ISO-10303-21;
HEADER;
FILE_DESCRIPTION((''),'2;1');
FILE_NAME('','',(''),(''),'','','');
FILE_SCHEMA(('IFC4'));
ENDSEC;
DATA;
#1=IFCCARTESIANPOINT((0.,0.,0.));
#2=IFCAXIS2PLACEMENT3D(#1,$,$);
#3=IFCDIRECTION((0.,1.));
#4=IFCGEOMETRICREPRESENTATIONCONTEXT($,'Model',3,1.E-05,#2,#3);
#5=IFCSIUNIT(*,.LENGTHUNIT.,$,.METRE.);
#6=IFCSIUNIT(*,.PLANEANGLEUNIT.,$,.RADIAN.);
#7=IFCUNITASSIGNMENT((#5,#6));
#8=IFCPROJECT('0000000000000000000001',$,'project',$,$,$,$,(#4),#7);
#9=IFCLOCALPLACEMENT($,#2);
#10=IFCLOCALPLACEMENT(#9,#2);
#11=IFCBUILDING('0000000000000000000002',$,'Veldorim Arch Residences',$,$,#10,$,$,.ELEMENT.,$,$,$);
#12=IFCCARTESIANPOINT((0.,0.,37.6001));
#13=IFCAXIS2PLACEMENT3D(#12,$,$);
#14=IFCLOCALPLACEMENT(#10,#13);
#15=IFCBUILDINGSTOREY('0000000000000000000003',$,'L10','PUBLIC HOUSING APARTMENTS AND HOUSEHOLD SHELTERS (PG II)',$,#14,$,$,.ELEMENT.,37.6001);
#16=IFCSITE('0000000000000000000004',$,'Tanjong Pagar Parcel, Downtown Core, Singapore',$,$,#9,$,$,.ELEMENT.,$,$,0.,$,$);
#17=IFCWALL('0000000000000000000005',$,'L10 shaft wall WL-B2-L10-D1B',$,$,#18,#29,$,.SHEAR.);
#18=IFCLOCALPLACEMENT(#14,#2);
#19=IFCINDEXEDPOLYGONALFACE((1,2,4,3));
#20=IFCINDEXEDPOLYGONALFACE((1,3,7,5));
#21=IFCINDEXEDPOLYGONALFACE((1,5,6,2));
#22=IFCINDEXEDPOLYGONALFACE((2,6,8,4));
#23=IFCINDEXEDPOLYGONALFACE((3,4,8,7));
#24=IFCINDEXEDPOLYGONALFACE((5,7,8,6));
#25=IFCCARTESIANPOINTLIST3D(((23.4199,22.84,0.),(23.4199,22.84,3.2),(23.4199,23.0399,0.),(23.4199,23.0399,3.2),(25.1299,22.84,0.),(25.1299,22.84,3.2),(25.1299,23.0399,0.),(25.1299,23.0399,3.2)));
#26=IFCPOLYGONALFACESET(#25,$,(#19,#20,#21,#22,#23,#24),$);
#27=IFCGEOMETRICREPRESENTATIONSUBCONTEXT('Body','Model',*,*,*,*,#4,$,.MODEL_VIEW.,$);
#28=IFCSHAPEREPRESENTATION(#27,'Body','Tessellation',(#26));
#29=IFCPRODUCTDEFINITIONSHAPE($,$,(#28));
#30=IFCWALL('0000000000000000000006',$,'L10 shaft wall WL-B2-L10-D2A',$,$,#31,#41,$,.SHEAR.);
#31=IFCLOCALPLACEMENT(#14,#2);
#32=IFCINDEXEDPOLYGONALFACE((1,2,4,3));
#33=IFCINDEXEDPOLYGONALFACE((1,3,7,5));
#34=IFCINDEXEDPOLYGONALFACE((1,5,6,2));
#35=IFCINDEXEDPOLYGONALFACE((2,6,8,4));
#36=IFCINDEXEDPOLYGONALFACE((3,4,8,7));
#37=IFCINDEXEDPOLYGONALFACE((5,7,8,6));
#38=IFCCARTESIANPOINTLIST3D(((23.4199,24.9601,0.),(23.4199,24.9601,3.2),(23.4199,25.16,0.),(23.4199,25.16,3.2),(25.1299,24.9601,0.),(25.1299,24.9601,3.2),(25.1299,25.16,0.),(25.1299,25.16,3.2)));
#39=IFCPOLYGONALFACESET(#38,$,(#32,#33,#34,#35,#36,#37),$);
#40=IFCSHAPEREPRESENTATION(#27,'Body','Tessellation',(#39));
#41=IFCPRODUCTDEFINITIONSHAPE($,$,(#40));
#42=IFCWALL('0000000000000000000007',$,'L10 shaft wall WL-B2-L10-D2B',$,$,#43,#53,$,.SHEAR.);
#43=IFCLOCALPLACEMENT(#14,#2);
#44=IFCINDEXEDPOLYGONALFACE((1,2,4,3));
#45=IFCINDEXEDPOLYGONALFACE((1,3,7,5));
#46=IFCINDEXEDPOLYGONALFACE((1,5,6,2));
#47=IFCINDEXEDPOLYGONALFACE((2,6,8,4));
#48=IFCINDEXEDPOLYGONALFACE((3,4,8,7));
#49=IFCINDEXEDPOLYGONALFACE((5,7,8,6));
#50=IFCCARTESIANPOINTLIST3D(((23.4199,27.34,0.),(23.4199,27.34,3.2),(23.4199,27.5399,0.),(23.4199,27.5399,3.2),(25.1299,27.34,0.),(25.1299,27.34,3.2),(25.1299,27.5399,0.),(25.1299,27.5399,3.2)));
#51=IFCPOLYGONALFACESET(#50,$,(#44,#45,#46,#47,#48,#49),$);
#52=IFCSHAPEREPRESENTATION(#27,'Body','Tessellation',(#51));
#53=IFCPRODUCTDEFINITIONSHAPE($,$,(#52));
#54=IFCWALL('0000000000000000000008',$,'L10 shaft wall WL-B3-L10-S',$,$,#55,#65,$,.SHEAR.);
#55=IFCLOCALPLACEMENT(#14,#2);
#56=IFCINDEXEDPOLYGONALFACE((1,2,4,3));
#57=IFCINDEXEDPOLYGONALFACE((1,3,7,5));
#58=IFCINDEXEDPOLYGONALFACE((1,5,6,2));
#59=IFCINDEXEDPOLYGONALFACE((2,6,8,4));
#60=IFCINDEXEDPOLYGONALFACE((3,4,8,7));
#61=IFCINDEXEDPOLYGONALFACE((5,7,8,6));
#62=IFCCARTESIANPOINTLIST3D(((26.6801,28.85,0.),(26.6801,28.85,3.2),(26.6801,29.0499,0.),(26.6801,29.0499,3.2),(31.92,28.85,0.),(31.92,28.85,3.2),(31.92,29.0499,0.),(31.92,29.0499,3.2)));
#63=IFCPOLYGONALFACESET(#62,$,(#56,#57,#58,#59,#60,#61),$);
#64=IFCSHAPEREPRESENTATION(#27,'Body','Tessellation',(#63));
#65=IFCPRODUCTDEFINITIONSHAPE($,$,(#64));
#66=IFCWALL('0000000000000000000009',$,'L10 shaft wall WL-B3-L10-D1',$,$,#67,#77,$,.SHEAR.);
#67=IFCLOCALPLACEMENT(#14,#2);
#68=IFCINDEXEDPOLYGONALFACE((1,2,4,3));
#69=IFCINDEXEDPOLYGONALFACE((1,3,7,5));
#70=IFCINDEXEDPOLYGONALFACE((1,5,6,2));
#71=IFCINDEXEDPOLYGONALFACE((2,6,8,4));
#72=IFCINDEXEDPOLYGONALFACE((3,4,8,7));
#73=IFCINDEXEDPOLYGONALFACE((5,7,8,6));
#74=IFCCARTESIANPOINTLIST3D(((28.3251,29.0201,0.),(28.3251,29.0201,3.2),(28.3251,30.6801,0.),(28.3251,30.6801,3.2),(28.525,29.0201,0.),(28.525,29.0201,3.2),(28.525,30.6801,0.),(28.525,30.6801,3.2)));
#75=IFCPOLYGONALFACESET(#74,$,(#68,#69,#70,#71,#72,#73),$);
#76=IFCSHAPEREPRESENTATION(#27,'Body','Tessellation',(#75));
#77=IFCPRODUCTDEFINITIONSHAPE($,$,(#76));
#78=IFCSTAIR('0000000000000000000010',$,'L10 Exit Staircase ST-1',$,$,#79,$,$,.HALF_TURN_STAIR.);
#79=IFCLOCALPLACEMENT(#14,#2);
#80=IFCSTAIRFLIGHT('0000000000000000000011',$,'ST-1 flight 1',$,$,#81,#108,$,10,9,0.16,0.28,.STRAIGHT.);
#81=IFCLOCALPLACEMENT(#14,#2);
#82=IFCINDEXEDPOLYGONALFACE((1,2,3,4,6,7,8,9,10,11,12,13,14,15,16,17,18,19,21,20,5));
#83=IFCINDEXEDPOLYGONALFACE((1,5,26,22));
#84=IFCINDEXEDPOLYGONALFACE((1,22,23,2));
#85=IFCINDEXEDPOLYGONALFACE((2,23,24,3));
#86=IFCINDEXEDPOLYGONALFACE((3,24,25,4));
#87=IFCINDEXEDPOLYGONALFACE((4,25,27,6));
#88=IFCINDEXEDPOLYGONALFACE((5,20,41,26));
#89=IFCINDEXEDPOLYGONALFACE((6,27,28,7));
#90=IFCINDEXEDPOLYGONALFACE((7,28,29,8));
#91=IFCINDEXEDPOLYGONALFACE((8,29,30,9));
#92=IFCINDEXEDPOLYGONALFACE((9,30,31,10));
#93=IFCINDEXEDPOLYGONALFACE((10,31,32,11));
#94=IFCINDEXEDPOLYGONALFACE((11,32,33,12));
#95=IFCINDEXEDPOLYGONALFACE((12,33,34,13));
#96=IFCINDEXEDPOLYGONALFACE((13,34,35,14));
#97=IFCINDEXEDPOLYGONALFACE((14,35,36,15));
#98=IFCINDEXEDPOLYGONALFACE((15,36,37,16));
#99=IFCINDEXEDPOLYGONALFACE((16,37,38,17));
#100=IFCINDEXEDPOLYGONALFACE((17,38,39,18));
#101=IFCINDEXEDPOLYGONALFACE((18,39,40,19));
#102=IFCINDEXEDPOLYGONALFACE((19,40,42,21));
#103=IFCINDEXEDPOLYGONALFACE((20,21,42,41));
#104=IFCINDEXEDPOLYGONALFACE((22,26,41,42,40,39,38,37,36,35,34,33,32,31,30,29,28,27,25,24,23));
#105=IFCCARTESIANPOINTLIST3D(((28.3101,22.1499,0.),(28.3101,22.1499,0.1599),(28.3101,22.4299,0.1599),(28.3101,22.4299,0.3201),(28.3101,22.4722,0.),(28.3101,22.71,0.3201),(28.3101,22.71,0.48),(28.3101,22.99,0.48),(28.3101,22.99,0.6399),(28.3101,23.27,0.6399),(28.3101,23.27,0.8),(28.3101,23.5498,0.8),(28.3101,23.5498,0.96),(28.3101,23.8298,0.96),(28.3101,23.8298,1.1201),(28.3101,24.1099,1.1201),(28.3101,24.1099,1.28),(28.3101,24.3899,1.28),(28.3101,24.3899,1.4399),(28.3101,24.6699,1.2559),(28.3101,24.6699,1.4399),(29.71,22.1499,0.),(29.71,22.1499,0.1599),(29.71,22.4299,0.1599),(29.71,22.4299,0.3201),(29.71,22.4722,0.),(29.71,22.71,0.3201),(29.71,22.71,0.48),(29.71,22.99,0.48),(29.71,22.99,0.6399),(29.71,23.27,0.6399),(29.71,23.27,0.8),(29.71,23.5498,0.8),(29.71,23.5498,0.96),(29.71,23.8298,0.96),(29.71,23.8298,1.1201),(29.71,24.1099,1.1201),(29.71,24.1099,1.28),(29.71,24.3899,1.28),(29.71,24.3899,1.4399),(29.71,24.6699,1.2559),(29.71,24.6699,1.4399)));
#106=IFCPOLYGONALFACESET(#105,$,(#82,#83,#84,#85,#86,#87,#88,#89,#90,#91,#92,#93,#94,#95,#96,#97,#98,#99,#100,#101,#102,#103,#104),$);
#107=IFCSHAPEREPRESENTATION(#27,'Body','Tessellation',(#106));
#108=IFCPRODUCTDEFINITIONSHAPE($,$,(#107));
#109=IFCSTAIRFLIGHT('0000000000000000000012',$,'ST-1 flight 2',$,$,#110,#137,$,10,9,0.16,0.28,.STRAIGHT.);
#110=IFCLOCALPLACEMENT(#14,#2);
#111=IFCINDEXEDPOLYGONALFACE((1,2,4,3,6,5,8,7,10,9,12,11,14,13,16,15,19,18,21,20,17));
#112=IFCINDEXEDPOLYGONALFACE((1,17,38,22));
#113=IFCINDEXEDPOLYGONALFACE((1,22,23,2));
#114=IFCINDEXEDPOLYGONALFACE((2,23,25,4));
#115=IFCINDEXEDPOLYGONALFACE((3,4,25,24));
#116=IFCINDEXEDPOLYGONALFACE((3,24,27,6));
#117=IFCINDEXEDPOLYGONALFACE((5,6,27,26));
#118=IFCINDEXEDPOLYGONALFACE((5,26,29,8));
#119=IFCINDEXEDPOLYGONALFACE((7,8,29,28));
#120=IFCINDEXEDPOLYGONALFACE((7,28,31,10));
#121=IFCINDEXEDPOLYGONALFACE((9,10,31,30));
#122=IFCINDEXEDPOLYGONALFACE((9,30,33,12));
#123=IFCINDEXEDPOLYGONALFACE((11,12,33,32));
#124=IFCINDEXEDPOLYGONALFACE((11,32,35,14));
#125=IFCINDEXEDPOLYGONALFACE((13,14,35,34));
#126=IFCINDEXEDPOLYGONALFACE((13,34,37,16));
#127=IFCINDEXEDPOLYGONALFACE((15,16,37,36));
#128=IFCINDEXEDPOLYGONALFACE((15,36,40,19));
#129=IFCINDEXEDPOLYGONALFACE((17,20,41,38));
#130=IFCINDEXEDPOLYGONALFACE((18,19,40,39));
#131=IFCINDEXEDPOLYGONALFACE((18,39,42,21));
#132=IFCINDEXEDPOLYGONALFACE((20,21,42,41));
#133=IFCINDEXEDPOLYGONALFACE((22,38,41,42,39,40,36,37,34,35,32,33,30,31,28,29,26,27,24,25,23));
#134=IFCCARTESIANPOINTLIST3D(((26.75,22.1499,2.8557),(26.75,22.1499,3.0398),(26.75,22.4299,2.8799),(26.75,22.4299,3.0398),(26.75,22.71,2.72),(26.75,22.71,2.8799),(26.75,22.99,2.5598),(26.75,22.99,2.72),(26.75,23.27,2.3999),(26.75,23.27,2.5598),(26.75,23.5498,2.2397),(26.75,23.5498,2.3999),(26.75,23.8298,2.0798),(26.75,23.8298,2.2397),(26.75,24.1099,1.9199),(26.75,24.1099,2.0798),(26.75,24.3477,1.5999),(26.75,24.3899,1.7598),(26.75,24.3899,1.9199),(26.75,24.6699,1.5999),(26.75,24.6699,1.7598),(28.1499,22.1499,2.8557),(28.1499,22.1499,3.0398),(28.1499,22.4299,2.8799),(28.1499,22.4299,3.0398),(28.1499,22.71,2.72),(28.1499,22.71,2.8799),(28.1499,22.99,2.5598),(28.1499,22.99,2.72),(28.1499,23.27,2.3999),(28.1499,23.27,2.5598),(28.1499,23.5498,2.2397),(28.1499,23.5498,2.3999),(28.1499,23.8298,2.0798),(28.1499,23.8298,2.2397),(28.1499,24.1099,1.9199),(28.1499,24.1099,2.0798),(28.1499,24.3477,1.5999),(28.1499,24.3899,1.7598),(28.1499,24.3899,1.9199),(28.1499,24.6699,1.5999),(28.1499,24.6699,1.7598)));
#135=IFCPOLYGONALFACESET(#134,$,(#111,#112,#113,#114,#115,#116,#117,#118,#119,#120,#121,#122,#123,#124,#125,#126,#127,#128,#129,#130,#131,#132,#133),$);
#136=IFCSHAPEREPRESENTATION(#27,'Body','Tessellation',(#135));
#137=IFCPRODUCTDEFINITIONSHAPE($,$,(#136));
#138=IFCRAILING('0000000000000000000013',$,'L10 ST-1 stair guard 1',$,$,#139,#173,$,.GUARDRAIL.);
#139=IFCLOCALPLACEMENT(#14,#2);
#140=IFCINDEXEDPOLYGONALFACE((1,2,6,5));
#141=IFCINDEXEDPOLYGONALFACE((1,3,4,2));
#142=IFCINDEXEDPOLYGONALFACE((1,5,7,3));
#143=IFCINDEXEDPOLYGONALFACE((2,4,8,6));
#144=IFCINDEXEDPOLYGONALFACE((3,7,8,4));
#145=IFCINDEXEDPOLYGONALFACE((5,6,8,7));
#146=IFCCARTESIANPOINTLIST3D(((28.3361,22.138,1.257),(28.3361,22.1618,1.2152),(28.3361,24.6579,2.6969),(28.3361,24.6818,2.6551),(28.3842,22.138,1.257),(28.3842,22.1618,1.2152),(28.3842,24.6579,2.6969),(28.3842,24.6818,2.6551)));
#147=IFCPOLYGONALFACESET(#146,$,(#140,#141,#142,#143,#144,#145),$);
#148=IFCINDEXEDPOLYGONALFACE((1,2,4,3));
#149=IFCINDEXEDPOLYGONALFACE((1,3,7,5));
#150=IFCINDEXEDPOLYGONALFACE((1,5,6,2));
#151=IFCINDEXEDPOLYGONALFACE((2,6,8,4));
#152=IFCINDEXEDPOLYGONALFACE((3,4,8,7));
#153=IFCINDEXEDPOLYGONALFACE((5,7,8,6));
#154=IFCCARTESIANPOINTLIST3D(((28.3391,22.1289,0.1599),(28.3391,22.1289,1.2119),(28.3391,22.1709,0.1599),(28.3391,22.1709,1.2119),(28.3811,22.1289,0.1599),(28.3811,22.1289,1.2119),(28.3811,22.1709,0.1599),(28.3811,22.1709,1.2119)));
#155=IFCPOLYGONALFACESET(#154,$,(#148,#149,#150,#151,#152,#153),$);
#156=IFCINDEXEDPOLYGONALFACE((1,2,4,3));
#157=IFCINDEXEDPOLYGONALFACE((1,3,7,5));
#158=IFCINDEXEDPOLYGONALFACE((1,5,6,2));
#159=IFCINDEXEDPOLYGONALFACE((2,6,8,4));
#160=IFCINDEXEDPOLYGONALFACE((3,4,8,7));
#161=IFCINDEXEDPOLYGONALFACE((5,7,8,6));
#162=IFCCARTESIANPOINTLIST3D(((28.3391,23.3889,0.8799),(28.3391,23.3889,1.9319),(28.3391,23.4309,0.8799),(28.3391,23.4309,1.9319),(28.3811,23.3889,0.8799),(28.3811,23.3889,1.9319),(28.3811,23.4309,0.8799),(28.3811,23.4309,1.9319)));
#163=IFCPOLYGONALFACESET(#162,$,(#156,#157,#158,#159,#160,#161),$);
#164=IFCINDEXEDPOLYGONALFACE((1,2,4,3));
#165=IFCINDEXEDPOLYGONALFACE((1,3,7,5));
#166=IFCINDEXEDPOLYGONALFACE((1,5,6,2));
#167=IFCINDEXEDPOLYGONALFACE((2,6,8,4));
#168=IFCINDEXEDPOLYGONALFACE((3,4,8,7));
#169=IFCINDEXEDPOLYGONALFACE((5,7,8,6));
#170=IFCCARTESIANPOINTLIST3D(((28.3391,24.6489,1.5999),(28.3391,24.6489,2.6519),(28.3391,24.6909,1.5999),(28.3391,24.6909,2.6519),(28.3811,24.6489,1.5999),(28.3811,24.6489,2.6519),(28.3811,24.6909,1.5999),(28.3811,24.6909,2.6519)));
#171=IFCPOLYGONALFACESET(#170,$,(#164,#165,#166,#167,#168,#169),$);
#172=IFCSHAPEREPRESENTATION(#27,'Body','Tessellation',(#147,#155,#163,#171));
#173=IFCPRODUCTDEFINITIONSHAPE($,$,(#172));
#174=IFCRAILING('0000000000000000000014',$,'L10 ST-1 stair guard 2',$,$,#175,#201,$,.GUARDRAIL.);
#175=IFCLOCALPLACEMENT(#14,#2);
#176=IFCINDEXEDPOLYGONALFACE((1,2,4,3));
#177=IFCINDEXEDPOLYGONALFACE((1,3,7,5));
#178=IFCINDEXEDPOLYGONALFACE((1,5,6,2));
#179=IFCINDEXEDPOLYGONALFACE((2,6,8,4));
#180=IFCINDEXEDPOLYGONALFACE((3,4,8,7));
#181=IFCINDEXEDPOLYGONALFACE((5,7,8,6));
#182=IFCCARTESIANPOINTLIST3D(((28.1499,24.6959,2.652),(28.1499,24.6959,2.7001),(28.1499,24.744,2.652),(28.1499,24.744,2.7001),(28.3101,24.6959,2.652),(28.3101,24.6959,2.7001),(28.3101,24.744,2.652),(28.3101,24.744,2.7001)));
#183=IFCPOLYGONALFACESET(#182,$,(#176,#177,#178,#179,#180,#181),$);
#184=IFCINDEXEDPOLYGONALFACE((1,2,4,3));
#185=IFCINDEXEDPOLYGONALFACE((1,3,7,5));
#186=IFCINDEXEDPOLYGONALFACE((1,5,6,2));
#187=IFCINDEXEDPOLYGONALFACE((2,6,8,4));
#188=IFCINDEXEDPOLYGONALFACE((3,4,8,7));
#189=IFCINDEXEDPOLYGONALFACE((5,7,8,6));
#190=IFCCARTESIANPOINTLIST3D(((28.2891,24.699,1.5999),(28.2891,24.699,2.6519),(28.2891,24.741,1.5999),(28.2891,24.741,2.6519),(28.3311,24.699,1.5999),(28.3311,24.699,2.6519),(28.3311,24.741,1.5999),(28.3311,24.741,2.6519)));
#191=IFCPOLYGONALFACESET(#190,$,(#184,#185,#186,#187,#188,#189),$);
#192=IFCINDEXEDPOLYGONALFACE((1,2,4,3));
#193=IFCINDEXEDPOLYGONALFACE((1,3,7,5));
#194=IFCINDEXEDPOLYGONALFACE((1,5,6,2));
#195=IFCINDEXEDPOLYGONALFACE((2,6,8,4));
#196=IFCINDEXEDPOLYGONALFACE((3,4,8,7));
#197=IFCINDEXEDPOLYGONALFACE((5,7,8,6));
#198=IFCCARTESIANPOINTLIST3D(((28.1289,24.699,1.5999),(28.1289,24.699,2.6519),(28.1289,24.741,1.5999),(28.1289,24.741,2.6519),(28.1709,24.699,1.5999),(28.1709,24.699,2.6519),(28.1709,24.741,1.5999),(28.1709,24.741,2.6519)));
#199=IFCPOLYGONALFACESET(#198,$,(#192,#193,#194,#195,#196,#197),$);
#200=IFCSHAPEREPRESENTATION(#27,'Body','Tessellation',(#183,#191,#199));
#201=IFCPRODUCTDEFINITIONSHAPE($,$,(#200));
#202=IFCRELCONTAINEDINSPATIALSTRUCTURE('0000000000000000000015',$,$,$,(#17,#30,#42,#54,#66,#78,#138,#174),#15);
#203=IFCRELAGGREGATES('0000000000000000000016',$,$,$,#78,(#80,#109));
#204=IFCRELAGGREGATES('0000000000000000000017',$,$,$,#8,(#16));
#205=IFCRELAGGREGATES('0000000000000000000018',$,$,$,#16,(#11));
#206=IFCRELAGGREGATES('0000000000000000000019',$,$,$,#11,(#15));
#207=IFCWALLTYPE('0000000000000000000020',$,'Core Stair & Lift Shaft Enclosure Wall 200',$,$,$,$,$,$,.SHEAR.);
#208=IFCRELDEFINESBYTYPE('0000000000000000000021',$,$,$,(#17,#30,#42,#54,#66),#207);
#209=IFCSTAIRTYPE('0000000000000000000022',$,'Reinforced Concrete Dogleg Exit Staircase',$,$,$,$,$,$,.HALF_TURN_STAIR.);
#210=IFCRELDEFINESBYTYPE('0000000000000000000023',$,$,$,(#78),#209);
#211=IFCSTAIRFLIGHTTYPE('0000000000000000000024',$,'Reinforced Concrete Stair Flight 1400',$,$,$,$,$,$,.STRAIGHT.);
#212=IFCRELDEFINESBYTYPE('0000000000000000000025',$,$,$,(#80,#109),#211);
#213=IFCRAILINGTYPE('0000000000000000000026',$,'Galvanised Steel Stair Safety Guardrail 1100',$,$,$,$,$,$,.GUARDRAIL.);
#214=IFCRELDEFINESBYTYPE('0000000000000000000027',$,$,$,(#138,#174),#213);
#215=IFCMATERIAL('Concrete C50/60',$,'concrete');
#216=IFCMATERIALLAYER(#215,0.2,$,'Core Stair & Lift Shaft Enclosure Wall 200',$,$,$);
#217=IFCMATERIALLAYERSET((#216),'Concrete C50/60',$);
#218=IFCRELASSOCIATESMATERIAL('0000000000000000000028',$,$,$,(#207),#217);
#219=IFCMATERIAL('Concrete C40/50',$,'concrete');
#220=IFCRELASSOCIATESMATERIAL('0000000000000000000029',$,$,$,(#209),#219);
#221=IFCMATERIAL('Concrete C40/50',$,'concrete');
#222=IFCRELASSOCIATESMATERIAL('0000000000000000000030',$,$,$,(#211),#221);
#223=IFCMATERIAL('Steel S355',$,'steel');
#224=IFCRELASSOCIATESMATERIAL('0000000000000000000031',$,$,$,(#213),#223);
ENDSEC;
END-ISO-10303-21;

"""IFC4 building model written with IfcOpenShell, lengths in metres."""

from ifc_helpers import new_model, si_unit, direction, frame, frame_2d, origin, origin_2d, place, context, subcontext, project, spatial, polyline, rectangle, outline, extrude, material, layer, layer_set, type_object, element, aggregate, save


model = new_model("IFC4")

# Units and contexts
model_context = context("Model", 3, precision=1e-05, world=origin(), true_north=direction((0.0, 1.0)))
body_context = subcontext(model_context, "Body", "Model", "MODEL_VIEW")
ifc_project = project(units=[si_unit("LENGTHUNIT", "METRE"), si_unit("PLANEANGLEUNIT", "RADIAN")], contexts=[model_context])

# Site, building, storey
site_placement = place(None, origin())
site = spatial("IfcSite", under=ifc_project, at=site_placement, Name="Tanjong Pagar Parcel, Downtown Core, Singapore", CompositionType="ELEMENT", RefElevation=0.0)
building_placement = place(site_placement, origin())
building = spatial("IfcBuilding", under=site, at=building_placement, Name="Veldorim Arch Residences", CompositionType="ELEMENT")
storey_placement = place(building_placement, frame((0.0, 0.0, 37.6001)))
storey = spatial("IfcBuildingStorey", under=building, at=storey_placement, Name="L10", Description="PUBLIC HOUSING APARTMENTS AND HOUSEHOLD SHELTERS (PG II)", CompositionType="ELEMENT", Elevation=37.6001)

# Walls
ifc_material_1 = material(Name="Concrete C50/60", Category="concrete")
ifc_layer = layer(ifc_material_1, 0.2, Name="Core Stair & Lift Shaft Enclosure Wall 200")
ifc_layer_set = layer_set([ifc_layer], Name="Concrete C50/60")
wall_type = type_object("IfcWallType", Name="Core Stair & Lift Shaft Enclosure Wall 200", PredefinedType="SHEAR", material=ifc_layer_set)
for number, where, z_axis, x_axis, name in (
    (1, (23.4199, 22.9399, 0.0), (0.0, 0.0, 1.0), (1.0, 0.0, 0.0), "L10 shaft wall WL-B2-L10-D1B"),
    (2, (23.4199, 25.0601, 0.0), (0.0, 0.0, 1.0), (1.0, 0.0, 0.0), "L10 shaft wall WL-B2-L10-D2A"),
    (3, (23.4199, 27.4399, 0.0), (0.0, 0.0, 1.0), (1.0, 0.0, 0.0), "L10 shaft wall WL-B2-L10-D2B"),
):
    element("IfcWall", number, at=place(storey_placement, frame(where, z_axis=z_axis, x_axis=x_axis)), inside=storey, type_object=wall_type, Name=name, PredefinedType="SHEAR", context=body_context, shape_type="SweptSolid", body=[
        extrude(rectangle(XDim=1.71, YDim=0.2, at=frame_2d((0.855, 0.0))), origin(), (0.0, 0.0, 1.0), 3.2),
    ])
wall_1_placement = place(storey_placement, frame((26.6799, 28.95, 0.0), z_axis=(0.0, 0.0, 1.0), x_axis=(1.0, 0.0, 0.0)))
element("IfcWall", 4, at=wall_1_placement, inside=storey, type_object=wall_type, Name="L10 shaft wall WL-B3-L10-S", PredefinedType="SHEAR", context=body_context, shape_type="SweptSolid", body=[
    extrude(rectangle(XDim=5.24, YDim=0.2, at=frame_2d((2.6201, 0.0))), origin(), (0.0, 0.0, 1.0), 3.2),
])
wall_2_placement = place(storey_placement, frame((28.425, 29.02, 0.0), z_axis=(0.0, 0.0, 1.0), x_axis=(0.0, 1.0, 0.0)))
element("IfcWall", 5, at=wall_2_placement, inside=storey, type_object=wall_type, Name="L10 shaft wall WL-B3-L10-D1", PredefinedType="SHEAR", context=body_context, shape_type="SweptSolid", body=[
    extrude(rectangle(XDim=1.6599, YDim=0.2, at=frame_2d((0.8301, 0.0))), origin(), (0.0, 0.0, 1.0), 3.2),
])

# Stair, stair flights
ifc_material_2 = material(Name="Concrete C40/50", Category="concrete")
stair_type = type_object("IfcStairType", Name="Reinforced Concrete Dogleg Exit Staircase", PredefinedType="HALF_TURN_STAIR", material=ifc_material_2)
stair_placement = place(storey_placement, origin())
stair = element("IfcStair", 6, at=stair_placement, inside=storey, type_object=stair_type, Name="L10 Exit Staircase ST-1", PredefinedType="HALF_TURN_STAIR")
ifc_material_3 = material(Name="Concrete C40/50", Category="concrete")
stair_flight_type = type_object("IfcStairFlightType", Name="Reinforced Concrete Stair Flight 1400", PredefinedType="STRAIGHT", material=ifc_material_3)
stair_flight_1_placement = place(storey_placement, frame((29.01, 22.1499, 0.0), z_axis=(0.0, 0.0, 1.0), x_axis=(0.0, 1.0, 0.0)))
stair_flight_1 = element("IfcStairFlight", 7, at=stair_flight_1_placement, type_object=stair_flight_type, Name="ST-1 flight 1", NumberOfRisers=10, NumberOfTreads=9, PredefinedType="STRAIGHT", RiserHeight=0.16, TreadLength=0.28, context=body_context, shape_type="SweptSolid", body=[
    extrude(outline(polyline([(0.0, 0.0), (0.0, 0.1599), (0.28, 0.1599), (0.28, 0.3201), (0.5601, 0.3201), (0.5601, 0.48), (0.8401, 0.48), (0.8401, 0.6399), (1.1201, 0.6399), (1.1201, 0.8), (1.3999, 0.8), (1.3999, 0.96), (1.6799, 0.96), (1.6799, 1.1201), (1.96, 1.1201), (1.96, 1.28), (2.24, 1.28), (2.24, 1.4399), (2.52, 1.4399), (2.52, 1.6001), (2.52, 1.2559), (0.3223, 0.0), (0.0, 0.0)])), frame((0.0, 0.7, 0.0), z_axis=(0.0, -1.0, 0.0), x_axis=(1.0, 0.0, 0.0)), (0.0, 0.0, 1.0), 1.3999),
])
stair_flight_2_placement = place(storey_placement, frame((27.45, 24.6699, 1.5999), z_axis=(0.0, 0.0, 1.0), x_axis=(0.0, -1.0, 0.0)))
stair_flight_2 = element("IfcStairFlight", 8, at=stair_flight_2_placement, type_object=stair_flight_type, Name="ST-1 flight 2", NumberOfRisers=10, NumberOfTreads=9, PredefinedType="STRAIGHT", RiserHeight=0.16, TreadLength=0.28, context=body_context, shape_type="SweptSolid", body=[
    extrude(outline(polyline([(0.0, 0.0), (0.0, 0.1599), (0.28, 0.1599), (0.28, 0.3201), (0.5601, 0.3201), (0.5601, 0.48), (0.8401, 0.48), (0.8401, 0.6399), (1.1201, 0.6399), (1.1201, 0.8), (1.3999, 0.8), (1.3999, 0.96), (1.6799, 0.96), (1.6799, 1.1201), (1.96, 1.1201), (1.96, 1.28), (2.24, 1.28), (2.24, 1.4399), (2.52, 1.4399), (2.52, 1.6001), (2.52, 1.2559), (0.3223, 0.0), (0.0, 0.0)])), frame((0.0, 0.7, 0.0), z_axis=(0.0, -1.0, 0.0), x_axis=(1.0, 0.0, 0.0)), (0.0, 0.0, 1.0), 1.3999),
])
aggregate(stair, [stair_flight_1, stair_flight_2])

# Railings
ifc_material_4 = material(Name="Steel S355", Category="steel")
railing_type_1 = type_object("IfcRailingType", Name="Galvanised Steel Stair Safety Guardrail 1100", PredefinedType="GUARDRAIL", material=ifc_material_4)
railing_1_placement = place(storey_placement, frame((28.3601, 22.1499, 0.1599)))
element("IfcRailing", 9, at=railing_1_placement, inside=storey, type_object=railing_type_1, Name="L10 ST-1 stair guard 1", PredefinedType="GUARDRAIL", context=body_context, shape_type="SweptSolid", body=[
    extrude(rectangle(XDim=0.0481, YDim=0.0481, at=origin_2d()), frame((0.0, 0.0, 1.0762), z_axis=(0.0, 0.868253, 0.496121), x_axis=(-1.0, 0.0, 0.0)), (0.0, 0.0, 1.0), 2.9023),
    extrude(rectangle(XDim=0.042, YDim=0.042, at=origin_2d()), origin(), (0.0, 0.0, 1.0), 1.052),
    extrude(rectangle(XDim=0.042, YDim=0.042, at=origin_2d()), frame((0.0, 1.26, 0.72)), (0.0, 0.0, 1.0), 1.052),
    extrude(rectangle(XDim=0.042, YDim=0.042, at=origin_2d()), frame((0.0, 2.52, 1.4399)), (0.0, 0.0, 1.0), 1.052),
])
railing_2_placement = place(storey_placement, frame((28.3101, 24.72, 1.5999)))
element("IfcRailing", 10, at=railing_2_placement, inside=storey, type_object=railing_type_1, Name="L10 ST-1 stair guard 2", PredefinedType="GUARDRAIL", context=body_context, shape_type="SweptSolid", body=[
    extrude(rectangle(XDim=0.0481, YDim=0.0481, at=origin_2d()), frame((0.0, 0.0, 1.0762), z_axis=(-1.0, 0.0, 0.0), x_axis=(0.0, -1.0, 0.0)), (0.0, 0.0, 1.0), 0.1602),
    extrude(rectangle(XDim=0.042, YDim=0.042, at=origin_2d()), origin(), (0.0, 0.0, 1.0), 1.052),
    extrude(rectangle(XDim=0.042, YDim=0.042, at=origin_2d()), frame((-0.1602, 0.0, 0.0)), (0.0, 0.0, 1.0), 1.052),
])

save(model, "model.ifc")
